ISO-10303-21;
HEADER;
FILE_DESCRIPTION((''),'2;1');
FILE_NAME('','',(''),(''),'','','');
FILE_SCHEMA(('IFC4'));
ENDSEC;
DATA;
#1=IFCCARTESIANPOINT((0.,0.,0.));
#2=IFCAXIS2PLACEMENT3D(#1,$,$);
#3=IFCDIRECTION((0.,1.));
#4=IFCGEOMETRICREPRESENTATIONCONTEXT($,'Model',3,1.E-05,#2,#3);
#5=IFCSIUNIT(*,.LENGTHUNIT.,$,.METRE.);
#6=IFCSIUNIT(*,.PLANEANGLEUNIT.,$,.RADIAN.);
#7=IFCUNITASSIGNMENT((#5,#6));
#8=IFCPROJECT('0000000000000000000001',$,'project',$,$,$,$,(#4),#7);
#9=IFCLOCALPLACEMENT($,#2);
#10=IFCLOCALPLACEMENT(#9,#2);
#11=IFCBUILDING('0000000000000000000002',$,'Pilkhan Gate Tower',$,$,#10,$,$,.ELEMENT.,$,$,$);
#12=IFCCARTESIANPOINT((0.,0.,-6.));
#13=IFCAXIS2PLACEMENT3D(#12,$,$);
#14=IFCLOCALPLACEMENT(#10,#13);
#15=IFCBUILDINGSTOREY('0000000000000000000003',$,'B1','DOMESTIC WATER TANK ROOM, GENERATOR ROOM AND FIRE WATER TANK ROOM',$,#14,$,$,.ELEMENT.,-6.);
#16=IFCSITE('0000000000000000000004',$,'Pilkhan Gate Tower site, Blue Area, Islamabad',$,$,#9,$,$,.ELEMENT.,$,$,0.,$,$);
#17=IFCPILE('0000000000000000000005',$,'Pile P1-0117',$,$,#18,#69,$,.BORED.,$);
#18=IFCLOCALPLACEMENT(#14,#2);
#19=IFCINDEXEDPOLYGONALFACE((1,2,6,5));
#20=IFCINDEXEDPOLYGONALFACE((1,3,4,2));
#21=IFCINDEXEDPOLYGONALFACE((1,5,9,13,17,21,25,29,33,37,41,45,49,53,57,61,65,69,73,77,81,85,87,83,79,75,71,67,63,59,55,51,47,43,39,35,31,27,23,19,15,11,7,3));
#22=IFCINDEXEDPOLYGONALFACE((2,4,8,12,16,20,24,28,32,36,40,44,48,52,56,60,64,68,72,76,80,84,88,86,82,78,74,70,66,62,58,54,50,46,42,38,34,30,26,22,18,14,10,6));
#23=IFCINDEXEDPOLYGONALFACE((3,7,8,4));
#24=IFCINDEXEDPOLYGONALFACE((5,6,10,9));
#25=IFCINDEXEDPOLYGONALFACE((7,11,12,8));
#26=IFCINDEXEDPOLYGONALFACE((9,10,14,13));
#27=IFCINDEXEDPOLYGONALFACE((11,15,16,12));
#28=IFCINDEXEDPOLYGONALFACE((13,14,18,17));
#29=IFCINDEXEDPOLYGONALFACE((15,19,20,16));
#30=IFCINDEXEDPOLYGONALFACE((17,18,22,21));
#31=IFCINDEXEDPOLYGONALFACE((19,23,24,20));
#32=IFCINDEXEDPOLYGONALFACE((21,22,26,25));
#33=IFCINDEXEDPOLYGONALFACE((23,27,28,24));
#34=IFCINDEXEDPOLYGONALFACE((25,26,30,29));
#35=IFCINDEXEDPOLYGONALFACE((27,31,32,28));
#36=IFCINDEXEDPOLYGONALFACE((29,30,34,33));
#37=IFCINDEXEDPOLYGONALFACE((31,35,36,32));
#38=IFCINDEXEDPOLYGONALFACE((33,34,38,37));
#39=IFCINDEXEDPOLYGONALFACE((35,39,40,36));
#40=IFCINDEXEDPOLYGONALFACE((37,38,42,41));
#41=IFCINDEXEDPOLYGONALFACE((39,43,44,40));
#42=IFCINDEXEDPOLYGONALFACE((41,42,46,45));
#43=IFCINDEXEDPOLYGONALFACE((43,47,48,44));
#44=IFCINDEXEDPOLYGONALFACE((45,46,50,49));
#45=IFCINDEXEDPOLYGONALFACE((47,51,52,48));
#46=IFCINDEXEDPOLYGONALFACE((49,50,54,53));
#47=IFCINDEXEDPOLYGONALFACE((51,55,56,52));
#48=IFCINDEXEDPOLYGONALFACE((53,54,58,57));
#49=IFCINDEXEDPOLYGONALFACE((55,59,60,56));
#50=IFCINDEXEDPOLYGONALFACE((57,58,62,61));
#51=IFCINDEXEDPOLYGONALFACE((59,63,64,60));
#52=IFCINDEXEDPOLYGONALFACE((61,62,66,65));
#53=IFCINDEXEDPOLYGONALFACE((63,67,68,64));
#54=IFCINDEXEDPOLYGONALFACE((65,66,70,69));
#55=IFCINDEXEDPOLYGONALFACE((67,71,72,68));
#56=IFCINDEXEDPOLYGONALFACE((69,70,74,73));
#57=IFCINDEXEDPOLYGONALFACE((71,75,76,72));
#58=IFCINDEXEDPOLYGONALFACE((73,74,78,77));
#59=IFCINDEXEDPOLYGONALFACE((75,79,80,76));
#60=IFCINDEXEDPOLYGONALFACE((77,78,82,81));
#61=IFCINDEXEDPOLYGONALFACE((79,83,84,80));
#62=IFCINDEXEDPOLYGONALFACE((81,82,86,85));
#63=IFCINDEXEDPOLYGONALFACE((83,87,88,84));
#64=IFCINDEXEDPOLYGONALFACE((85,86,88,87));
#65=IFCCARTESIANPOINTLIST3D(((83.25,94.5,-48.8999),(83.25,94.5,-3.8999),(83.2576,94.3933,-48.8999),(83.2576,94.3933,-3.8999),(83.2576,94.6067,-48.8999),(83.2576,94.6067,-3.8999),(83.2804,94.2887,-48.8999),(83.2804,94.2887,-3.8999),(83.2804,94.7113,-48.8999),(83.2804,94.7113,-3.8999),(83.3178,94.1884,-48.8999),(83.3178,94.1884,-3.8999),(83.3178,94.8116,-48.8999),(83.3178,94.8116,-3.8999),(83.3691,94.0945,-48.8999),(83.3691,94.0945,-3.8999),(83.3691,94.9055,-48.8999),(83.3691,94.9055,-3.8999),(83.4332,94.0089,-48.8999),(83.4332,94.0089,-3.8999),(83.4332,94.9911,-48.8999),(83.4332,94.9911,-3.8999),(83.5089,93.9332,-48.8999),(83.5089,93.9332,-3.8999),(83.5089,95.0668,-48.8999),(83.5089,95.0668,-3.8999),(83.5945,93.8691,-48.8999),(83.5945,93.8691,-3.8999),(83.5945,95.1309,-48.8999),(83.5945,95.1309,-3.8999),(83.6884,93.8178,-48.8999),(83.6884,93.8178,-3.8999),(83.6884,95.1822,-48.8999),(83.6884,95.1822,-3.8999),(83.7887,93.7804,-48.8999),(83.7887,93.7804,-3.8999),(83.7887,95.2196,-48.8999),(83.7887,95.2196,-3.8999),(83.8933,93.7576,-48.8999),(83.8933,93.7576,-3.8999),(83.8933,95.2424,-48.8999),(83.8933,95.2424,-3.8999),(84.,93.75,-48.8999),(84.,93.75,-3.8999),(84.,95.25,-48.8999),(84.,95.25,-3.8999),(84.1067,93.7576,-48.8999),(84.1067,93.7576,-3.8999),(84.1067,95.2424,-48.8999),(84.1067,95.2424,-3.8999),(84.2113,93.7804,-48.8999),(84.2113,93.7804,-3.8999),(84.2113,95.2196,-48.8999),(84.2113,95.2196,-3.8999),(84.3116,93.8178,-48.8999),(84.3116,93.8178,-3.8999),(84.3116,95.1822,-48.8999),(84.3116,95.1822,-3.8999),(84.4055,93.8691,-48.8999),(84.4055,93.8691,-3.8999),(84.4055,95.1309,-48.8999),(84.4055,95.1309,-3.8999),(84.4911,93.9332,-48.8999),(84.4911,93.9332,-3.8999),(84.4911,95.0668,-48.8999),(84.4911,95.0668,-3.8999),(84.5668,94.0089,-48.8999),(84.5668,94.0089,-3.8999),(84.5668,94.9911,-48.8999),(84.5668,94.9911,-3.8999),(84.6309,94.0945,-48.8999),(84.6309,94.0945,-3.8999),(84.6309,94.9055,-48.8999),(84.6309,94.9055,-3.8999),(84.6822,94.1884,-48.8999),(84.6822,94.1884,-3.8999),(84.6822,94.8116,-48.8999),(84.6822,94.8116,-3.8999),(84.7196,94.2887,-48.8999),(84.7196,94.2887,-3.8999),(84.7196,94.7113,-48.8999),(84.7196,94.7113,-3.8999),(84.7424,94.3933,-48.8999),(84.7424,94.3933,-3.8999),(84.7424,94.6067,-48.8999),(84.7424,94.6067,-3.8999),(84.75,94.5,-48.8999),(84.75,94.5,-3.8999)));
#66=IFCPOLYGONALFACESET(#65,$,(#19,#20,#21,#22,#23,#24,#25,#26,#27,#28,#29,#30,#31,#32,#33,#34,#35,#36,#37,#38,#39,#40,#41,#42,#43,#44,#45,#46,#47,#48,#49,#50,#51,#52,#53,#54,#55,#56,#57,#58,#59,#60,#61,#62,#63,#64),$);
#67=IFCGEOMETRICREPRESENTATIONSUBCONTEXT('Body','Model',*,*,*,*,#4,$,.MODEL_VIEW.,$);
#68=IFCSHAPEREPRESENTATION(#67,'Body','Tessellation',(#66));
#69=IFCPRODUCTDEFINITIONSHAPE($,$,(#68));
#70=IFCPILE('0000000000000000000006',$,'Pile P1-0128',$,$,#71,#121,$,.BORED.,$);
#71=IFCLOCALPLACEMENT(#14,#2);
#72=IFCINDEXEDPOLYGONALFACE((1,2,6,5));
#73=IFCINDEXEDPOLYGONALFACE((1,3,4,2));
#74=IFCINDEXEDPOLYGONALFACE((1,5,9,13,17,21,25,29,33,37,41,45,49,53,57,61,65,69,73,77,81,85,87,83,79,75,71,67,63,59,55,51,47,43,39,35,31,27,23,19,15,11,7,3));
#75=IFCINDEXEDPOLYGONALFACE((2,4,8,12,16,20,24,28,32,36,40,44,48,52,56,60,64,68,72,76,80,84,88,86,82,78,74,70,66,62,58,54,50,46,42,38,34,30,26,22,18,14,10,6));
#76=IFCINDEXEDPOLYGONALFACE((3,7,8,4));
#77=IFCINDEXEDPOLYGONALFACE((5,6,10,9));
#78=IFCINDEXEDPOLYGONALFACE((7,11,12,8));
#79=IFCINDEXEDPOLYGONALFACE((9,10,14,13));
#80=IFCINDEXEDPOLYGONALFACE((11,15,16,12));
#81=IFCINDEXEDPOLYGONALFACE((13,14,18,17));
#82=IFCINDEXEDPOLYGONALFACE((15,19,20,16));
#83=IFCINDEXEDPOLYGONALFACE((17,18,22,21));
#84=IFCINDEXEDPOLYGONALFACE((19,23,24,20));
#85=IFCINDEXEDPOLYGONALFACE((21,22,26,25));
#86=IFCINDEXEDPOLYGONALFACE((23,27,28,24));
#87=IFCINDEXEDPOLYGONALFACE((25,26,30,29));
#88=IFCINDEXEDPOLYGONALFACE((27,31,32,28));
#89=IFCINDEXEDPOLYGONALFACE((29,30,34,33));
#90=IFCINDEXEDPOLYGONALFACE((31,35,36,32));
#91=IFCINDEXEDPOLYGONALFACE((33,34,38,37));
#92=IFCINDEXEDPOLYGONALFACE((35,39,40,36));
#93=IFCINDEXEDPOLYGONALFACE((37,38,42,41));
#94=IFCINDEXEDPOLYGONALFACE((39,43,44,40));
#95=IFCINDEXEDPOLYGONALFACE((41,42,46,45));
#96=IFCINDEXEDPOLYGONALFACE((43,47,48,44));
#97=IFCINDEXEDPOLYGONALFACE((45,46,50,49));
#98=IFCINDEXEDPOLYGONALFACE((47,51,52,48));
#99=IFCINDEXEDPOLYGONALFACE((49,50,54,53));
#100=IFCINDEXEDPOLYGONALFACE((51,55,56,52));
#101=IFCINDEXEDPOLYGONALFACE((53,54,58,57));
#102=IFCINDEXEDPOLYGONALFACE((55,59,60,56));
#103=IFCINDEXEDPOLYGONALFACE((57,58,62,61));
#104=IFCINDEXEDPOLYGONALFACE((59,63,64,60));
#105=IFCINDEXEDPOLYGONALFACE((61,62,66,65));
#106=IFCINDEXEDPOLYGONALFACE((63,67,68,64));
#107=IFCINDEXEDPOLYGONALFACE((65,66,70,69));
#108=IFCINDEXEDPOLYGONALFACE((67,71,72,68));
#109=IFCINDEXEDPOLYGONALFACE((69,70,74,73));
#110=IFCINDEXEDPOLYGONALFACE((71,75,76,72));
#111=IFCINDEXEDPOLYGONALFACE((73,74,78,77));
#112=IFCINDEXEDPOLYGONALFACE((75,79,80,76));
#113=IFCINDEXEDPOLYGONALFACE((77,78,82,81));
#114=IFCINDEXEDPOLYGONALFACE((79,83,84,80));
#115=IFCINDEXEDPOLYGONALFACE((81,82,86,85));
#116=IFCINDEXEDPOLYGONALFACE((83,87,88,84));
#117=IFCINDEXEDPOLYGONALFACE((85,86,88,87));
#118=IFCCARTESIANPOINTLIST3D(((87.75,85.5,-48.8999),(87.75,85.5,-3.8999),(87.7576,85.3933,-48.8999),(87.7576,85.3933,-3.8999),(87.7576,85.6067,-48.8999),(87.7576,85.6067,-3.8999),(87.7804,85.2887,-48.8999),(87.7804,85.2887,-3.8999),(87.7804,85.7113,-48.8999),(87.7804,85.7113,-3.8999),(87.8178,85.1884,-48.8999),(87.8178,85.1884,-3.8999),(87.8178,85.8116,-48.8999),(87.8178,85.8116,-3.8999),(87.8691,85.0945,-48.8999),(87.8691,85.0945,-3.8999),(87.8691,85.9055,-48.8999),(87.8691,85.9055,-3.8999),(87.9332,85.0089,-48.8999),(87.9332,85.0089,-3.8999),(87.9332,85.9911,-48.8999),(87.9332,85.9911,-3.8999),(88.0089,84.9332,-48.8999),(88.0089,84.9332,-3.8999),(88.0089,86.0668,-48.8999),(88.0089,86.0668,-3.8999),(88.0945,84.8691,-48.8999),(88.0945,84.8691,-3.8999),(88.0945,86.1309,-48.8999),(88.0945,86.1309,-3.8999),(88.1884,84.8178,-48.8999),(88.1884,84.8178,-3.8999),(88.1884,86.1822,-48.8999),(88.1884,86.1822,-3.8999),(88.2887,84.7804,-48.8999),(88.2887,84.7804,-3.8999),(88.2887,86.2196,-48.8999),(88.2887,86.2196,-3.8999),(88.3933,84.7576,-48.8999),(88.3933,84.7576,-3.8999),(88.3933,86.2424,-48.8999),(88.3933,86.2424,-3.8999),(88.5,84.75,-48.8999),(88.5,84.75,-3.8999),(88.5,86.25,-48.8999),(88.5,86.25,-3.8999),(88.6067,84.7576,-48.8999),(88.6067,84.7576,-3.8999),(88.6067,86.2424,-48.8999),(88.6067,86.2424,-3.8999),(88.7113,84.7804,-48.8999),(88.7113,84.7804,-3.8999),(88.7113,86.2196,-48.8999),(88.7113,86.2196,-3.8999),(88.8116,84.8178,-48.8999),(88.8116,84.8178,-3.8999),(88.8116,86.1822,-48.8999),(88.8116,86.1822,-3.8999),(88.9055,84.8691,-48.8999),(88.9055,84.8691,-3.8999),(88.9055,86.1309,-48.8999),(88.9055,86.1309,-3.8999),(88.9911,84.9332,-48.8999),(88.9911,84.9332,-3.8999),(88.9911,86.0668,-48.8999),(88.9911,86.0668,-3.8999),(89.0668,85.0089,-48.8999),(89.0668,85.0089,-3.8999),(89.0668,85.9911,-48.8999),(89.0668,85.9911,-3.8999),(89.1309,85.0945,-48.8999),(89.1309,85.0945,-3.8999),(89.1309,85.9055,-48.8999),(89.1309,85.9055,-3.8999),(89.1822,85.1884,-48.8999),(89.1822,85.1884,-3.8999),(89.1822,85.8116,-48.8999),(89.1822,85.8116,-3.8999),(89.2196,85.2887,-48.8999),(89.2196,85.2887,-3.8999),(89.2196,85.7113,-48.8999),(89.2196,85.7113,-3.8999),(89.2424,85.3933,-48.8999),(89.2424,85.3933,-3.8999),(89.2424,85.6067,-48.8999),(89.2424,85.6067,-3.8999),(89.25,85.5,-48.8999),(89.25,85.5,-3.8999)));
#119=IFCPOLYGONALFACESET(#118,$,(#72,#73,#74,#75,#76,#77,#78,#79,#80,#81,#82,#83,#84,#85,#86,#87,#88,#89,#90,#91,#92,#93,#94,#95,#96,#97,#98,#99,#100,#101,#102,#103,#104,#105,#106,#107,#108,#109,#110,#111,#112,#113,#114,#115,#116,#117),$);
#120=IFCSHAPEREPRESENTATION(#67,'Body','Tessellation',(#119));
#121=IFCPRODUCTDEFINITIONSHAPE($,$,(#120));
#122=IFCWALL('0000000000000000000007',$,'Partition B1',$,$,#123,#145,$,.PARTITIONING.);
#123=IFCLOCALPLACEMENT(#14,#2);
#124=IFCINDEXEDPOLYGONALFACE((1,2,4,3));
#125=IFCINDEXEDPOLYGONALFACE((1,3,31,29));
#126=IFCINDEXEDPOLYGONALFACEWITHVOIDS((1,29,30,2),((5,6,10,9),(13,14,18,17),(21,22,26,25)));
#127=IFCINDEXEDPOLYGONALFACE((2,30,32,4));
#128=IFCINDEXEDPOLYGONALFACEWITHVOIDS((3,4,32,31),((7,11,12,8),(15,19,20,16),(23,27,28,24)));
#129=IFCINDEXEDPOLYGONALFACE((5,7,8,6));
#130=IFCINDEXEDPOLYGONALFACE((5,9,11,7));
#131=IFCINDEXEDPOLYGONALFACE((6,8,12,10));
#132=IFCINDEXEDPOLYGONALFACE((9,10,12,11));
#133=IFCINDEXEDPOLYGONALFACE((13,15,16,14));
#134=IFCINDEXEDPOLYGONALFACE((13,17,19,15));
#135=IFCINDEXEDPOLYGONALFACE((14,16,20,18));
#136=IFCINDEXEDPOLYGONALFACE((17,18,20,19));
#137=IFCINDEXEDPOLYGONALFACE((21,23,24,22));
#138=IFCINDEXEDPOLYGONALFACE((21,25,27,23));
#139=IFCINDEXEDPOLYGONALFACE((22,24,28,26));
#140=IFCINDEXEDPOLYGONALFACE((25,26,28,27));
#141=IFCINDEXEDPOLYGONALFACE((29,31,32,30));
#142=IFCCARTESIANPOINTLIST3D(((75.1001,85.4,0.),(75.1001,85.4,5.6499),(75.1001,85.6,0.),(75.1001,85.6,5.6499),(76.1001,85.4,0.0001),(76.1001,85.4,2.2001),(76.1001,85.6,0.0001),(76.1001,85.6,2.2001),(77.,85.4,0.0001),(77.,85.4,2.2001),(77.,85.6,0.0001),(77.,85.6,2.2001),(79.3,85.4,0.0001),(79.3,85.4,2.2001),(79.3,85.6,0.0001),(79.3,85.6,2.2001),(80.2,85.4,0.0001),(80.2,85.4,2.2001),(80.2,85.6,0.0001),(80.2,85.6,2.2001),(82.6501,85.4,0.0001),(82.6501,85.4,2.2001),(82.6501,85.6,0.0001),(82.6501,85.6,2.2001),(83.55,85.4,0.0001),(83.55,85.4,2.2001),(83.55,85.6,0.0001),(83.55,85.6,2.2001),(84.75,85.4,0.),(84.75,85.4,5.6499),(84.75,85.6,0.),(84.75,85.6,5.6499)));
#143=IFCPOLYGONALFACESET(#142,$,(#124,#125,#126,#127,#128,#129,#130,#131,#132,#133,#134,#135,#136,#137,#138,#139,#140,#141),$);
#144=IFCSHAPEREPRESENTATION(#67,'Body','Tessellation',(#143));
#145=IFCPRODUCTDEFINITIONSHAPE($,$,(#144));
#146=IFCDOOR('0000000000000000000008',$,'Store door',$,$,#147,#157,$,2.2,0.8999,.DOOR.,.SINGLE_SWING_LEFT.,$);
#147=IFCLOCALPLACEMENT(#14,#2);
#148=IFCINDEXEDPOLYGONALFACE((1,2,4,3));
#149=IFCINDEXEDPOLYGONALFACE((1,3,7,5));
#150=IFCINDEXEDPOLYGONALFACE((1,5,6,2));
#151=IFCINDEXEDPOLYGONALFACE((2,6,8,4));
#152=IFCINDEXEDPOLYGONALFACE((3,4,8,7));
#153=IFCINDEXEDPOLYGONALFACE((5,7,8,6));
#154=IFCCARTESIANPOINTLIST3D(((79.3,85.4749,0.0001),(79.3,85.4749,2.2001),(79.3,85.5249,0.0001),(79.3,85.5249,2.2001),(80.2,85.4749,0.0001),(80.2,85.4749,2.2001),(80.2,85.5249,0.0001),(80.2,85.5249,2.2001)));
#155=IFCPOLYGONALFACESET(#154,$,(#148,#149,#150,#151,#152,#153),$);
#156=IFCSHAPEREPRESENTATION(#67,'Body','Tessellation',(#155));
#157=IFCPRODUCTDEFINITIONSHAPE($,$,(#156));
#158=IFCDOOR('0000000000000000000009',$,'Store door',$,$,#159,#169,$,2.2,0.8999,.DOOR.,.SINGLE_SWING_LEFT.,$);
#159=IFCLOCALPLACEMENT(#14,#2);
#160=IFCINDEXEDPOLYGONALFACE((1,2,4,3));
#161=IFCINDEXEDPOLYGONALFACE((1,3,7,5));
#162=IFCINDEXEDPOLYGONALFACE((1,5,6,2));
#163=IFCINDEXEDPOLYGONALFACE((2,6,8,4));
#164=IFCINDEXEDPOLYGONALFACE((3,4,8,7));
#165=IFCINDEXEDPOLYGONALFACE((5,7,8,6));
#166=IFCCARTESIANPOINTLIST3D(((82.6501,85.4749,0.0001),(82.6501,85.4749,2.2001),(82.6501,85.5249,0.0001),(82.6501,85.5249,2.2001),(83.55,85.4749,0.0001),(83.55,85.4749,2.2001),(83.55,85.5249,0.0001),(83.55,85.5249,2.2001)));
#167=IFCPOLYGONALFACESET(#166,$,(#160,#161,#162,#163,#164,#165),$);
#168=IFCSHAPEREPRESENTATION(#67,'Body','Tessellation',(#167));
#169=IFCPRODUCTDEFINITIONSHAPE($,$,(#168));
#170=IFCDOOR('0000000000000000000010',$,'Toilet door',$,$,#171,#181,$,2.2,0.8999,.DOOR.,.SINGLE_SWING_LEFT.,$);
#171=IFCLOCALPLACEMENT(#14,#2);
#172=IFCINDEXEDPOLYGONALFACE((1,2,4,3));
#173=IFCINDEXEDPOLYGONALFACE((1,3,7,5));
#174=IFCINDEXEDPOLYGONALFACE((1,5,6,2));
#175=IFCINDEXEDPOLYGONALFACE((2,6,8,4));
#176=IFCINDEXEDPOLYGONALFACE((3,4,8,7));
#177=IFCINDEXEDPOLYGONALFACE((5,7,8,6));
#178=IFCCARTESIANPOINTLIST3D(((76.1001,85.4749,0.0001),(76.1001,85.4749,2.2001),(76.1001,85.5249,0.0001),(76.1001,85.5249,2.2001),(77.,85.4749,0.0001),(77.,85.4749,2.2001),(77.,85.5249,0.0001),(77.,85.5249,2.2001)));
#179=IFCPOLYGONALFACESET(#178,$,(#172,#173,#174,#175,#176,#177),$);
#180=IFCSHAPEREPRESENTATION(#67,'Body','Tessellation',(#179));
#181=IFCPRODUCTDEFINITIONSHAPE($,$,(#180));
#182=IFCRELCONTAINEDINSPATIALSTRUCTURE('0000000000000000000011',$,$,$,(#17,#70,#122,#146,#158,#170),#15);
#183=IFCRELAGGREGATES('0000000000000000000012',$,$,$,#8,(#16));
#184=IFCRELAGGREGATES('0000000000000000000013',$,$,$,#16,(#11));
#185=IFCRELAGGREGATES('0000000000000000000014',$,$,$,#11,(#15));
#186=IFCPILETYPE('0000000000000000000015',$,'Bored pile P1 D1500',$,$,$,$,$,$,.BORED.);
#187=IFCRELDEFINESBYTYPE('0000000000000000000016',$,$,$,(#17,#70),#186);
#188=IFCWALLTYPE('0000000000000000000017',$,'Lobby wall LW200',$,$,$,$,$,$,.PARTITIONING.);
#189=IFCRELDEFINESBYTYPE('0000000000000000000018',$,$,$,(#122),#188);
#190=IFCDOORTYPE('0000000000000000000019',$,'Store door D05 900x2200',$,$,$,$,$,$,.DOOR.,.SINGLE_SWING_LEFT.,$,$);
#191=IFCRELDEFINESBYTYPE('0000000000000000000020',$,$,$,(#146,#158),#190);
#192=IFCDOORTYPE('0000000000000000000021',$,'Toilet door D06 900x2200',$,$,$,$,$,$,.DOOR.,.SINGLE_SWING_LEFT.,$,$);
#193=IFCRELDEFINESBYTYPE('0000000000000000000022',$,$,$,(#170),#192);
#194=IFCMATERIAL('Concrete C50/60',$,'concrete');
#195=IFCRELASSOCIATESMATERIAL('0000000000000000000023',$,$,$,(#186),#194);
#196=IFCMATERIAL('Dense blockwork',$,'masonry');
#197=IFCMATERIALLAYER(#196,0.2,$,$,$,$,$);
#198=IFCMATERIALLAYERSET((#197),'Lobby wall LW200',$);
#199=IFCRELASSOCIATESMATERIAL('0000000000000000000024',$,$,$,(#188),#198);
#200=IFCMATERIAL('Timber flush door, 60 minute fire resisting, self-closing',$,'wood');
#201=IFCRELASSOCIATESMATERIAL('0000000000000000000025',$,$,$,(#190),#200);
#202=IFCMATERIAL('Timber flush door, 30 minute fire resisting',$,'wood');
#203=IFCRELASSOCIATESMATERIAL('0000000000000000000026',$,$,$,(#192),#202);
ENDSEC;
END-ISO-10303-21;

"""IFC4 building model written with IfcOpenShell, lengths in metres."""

from ifc_helpers import new_model, si_unit, direction, frame, frame_2d, origin, origin_2d, place, context, subcontext, project, spatial, rectangle, circle, extrude, material, layer, layer_set, material_profile, profile_set, type_object, element, fill, save


model = new_model("IFC4")

# Units and contexts
model_context = context("Model", 3, precision=1e-05, world=origin(), true_north=direction((0.0, 1.0)))
body_context = subcontext(model_context, "Body", "Model", "MODEL_VIEW")
ifc_project = project(units=[si_unit("LENGTHUNIT", "METRE"), si_unit("PLANEANGLEUNIT", "RADIAN")], contexts=[model_context])

# Site, building, storey
site_placement = place(None, origin())
site = spatial("IfcSite", under=ifc_project, at=site_placement, Name="Pilkhan Gate Tower site, Blue Area, Islamabad", CompositionType="ELEMENT", RefElevation=0.0)
building_placement = place(site_placement, origin())
building = spatial("IfcBuilding", under=site, at=building_placement, Name="Pilkhan Gate Tower", CompositionType="ELEMENT")
storey_placement = place(building_placement, frame((0.0, 0.0, -6.0)))
storey = spatial("IfcBuildingStorey", under=building, at=storey_placement, Name="B1", Description="DOMESTIC WATER TANK ROOM, GENERATOR ROOM AND FIRE WATER TANK ROOM", CompositionType="ELEMENT", Elevation=-6.0)

# Piles
ifc_material_1 = material(Name="Concrete C50/60", Category="concrete")
ifc_material_profile = material_profile(ifc_material_1, circle(Radius=0.75, at=origin_2d()), Name="Bored pile 1500 dia")
ifc_profile_set = profile_set([ifc_material_profile], Name="Concrete C50/60")
pile_type = type_object("IfcPileType", Name="Bored pile P1 D1500", PredefinedType="BORED", material=ifc_profile_set)
for number, where, z_axis, x_axis, name in (
    (1, (84.0, 94.5, -3.8999), (0.0, 0.0, -1.0), (1.0, 0.0, 0.0), "Pile P1-0117"),
    (2, (88.5, 85.5, -3.8999), (0.0, 0.0, -1.0), (1.0, 0.0, 0.0), "Pile P1-0128"),
):
    element("IfcPile", number, at=place(storey_placement, frame(where, z_axis=z_axis, x_axis=x_axis)), inside=storey, type_object=pile_type, Name=name, PredefinedType="BORED", context=body_context, shape_type="SweptSolid", body=[
        extrude(circle(Radius=0.75, at=origin_2d()), origin(), (0.0, 0.0, 1.0), 45.0),
    ])

# Wall, openings, doors
ifc_material_2 = material(Name="Dense blockwork", Category="masonry")
ifc_layer_1 = layer(ifc_material_2, 0.2)
ifc_layer_set_1 = layer_set([ifc_layer_1], Name="Lobby wall LW200")
wall_type_1 = type_object("IfcWallType", Name="Lobby wall LW200", PredefinedType="PARTITIONING", material=ifc_layer_set_1)
wall_1_placement = place(storey_placement, frame((75.1001, 85.5, 0.0), z_axis=(0.0, 0.0, 1.0), x_axis=(1.0, 0.0, 0.0)))
wall_1 = element("IfcWall", 3, at=wall_1_placement, inside=storey, type_object=wall_type_1, Name="Partition B1", PredefinedType="PARTITIONING", context=body_context, shape_type="SweptSolid", body=[
    extrude(rectangle(XDim=9.6499, YDim=0.2, at=frame_2d((4.825, 0.0))), origin(), (0.0, 0.0, 1.0), 5.6499),
])
opening_1_placement = place(wall_1_placement, frame((1.0, 0.0, 0.0)))
opening_1 = element("IfcOpeningElement", 4, at=opening_1_placement, cuts=wall_1, PredefinedType="OPENING", context=body_context, shape_type="SweptSolid", body=[
    extrude(rectangle(XDim=0.8999, YDim=2.2, at=frame_2d((0.45, 1.1001))), frame((0.0, 0.1099, 0.0), z_axis=(0.0, -1.0, 0.0), x_axis=(1.0, 0.0, 0.0)), (0.0, 0.0, 1.0), 0.22),
])
opening_2_placement = place(wall_1_placement, frame((4.2, 0.0, 0.0)))
opening_2 = element("IfcOpeningElement", 5, at=opening_2_placement, cuts=wall_1, PredefinedType="OPENING", context=body_context, shape_type="SweptSolid", body=[
    extrude(rectangle(XDim=0.8999, YDim=2.2, at=frame_2d((0.45, 1.1001))), frame((0.0, 0.1099, 0.0), z_axis=(0.0, -1.0, 0.0), x_axis=(1.0, 0.0, 0.0)), (0.0, 0.0, 1.0), 0.22),
])
opening_3_placement = place(wall_1_placement, frame((7.55, 0.0, 0.0)))
opening_3 = element("IfcOpeningElement", 6, at=opening_3_placement, cuts=wall_1, PredefinedType="OPENING", context=body_context, shape_type="SweptSolid", body=[
    extrude(rectangle(XDim=0.8999, YDim=2.2, at=frame_2d((0.45, 1.1001))), frame((0.0, 0.1099, 0.0), z_axis=(0.0, -1.0, 0.0), x_axis=(1.0, 0.0, 0.0)), (0.0, 0.0, 1.0), 0.22),
])
ifc_material_3 = material(Name="Timber flush door, 60 minute fire resisting, self-closing", Category="wood")
door_type_1 = type_object("IfcDoorType", Name="Store door D05 900x2200", OperationType="SINGLE_SWING_LEFT", PredefinedType="DOOR", material=ifc_material_3)
door_1_placement = place(opening_2_placement, origin())
door_1 = element("IfcDoor", 7, at=door_1_placement, inside=storey, type_object=door_type_1, Name="Store door", OperationType="SINGLE_SWING_LEFT", OverallHeight=2.2, OverallWidth=0.8999, PredefinedType="DOOR", context=body_context, shape_type="SweptSolid", body=[
    extrude(rectangle(XDim=0.8999, YDim=2.2, at=frame_2d((0.45, 1.1001))), frame((0.0, 0.0249, 0.0), z_axis=(0.0, -1.0, 0.0), x_axis=(1.0, 0.0, 0.0)), (0.0, 0.0, 1.0), 0.05),
])
fill(opening_2, door_1)
door_2_placement = place(opening_3_placement, origin())
door_2 = element("IfcDoor", 8, at=door_2_placement, inside=storey, type_object=door_type_1, Name="Store door", OperationType="SINGLE_SWING_LEFT", OverallHeight=2.2, OverallWidth=0.8999, PredefinedType="DOOR", context=body_context, shape_type="SweptSolid", body=[
    extrude(rectangle(XDim=0.8999, YDim=2.2, at=frame_2d((0.45, 1.1001))), frame((0.0, 0.0249, 0.0), z_axis=(0.0, -1.0, 0.0), x_axis=(1.0, 0.0, 0.0)), (0.0, 0.0, 1.0), 0.05),
])
fill(opening_3, door_2)
ifc_material_4 = material(Name="Timber flush door, 30 minute fire resisting", Category="wood")
door_type_2 = type_object("IfcDoorType", Name="Toilet door D06 900x2200", OperationType="SINGLE_SWING_LEFT", PredefinedType="DOOR", material=ifc_material_4)
door_3_placement = place(opening_1_placement, origin())
door_3 = element("IfcDoor", 9, at=door_3_placement, inside=storey, type_object=door_type_2, Name="Toilet door", OperationType="SINGLE_SWING_LEFT", OverallHeight=2.2, OverallWidth=0.8999, PredefinedType="DOOR", context=body_context, shape_type="SweptSolid", body=[
    extrude(rectangle(XDim=0.8999, YDim=2.2, at=frame_2d((0.45, 1.1001))), frame((0.0, 0.0249, 0.0), z_axis=(0.0, -1.0, 0.0), x_axis=(1.0, 0.0, 0.0)), (0.0, 0.0, 1.0), 0.05),
])
fill(opening_1, door_3)

save(model, "model.ifc")
